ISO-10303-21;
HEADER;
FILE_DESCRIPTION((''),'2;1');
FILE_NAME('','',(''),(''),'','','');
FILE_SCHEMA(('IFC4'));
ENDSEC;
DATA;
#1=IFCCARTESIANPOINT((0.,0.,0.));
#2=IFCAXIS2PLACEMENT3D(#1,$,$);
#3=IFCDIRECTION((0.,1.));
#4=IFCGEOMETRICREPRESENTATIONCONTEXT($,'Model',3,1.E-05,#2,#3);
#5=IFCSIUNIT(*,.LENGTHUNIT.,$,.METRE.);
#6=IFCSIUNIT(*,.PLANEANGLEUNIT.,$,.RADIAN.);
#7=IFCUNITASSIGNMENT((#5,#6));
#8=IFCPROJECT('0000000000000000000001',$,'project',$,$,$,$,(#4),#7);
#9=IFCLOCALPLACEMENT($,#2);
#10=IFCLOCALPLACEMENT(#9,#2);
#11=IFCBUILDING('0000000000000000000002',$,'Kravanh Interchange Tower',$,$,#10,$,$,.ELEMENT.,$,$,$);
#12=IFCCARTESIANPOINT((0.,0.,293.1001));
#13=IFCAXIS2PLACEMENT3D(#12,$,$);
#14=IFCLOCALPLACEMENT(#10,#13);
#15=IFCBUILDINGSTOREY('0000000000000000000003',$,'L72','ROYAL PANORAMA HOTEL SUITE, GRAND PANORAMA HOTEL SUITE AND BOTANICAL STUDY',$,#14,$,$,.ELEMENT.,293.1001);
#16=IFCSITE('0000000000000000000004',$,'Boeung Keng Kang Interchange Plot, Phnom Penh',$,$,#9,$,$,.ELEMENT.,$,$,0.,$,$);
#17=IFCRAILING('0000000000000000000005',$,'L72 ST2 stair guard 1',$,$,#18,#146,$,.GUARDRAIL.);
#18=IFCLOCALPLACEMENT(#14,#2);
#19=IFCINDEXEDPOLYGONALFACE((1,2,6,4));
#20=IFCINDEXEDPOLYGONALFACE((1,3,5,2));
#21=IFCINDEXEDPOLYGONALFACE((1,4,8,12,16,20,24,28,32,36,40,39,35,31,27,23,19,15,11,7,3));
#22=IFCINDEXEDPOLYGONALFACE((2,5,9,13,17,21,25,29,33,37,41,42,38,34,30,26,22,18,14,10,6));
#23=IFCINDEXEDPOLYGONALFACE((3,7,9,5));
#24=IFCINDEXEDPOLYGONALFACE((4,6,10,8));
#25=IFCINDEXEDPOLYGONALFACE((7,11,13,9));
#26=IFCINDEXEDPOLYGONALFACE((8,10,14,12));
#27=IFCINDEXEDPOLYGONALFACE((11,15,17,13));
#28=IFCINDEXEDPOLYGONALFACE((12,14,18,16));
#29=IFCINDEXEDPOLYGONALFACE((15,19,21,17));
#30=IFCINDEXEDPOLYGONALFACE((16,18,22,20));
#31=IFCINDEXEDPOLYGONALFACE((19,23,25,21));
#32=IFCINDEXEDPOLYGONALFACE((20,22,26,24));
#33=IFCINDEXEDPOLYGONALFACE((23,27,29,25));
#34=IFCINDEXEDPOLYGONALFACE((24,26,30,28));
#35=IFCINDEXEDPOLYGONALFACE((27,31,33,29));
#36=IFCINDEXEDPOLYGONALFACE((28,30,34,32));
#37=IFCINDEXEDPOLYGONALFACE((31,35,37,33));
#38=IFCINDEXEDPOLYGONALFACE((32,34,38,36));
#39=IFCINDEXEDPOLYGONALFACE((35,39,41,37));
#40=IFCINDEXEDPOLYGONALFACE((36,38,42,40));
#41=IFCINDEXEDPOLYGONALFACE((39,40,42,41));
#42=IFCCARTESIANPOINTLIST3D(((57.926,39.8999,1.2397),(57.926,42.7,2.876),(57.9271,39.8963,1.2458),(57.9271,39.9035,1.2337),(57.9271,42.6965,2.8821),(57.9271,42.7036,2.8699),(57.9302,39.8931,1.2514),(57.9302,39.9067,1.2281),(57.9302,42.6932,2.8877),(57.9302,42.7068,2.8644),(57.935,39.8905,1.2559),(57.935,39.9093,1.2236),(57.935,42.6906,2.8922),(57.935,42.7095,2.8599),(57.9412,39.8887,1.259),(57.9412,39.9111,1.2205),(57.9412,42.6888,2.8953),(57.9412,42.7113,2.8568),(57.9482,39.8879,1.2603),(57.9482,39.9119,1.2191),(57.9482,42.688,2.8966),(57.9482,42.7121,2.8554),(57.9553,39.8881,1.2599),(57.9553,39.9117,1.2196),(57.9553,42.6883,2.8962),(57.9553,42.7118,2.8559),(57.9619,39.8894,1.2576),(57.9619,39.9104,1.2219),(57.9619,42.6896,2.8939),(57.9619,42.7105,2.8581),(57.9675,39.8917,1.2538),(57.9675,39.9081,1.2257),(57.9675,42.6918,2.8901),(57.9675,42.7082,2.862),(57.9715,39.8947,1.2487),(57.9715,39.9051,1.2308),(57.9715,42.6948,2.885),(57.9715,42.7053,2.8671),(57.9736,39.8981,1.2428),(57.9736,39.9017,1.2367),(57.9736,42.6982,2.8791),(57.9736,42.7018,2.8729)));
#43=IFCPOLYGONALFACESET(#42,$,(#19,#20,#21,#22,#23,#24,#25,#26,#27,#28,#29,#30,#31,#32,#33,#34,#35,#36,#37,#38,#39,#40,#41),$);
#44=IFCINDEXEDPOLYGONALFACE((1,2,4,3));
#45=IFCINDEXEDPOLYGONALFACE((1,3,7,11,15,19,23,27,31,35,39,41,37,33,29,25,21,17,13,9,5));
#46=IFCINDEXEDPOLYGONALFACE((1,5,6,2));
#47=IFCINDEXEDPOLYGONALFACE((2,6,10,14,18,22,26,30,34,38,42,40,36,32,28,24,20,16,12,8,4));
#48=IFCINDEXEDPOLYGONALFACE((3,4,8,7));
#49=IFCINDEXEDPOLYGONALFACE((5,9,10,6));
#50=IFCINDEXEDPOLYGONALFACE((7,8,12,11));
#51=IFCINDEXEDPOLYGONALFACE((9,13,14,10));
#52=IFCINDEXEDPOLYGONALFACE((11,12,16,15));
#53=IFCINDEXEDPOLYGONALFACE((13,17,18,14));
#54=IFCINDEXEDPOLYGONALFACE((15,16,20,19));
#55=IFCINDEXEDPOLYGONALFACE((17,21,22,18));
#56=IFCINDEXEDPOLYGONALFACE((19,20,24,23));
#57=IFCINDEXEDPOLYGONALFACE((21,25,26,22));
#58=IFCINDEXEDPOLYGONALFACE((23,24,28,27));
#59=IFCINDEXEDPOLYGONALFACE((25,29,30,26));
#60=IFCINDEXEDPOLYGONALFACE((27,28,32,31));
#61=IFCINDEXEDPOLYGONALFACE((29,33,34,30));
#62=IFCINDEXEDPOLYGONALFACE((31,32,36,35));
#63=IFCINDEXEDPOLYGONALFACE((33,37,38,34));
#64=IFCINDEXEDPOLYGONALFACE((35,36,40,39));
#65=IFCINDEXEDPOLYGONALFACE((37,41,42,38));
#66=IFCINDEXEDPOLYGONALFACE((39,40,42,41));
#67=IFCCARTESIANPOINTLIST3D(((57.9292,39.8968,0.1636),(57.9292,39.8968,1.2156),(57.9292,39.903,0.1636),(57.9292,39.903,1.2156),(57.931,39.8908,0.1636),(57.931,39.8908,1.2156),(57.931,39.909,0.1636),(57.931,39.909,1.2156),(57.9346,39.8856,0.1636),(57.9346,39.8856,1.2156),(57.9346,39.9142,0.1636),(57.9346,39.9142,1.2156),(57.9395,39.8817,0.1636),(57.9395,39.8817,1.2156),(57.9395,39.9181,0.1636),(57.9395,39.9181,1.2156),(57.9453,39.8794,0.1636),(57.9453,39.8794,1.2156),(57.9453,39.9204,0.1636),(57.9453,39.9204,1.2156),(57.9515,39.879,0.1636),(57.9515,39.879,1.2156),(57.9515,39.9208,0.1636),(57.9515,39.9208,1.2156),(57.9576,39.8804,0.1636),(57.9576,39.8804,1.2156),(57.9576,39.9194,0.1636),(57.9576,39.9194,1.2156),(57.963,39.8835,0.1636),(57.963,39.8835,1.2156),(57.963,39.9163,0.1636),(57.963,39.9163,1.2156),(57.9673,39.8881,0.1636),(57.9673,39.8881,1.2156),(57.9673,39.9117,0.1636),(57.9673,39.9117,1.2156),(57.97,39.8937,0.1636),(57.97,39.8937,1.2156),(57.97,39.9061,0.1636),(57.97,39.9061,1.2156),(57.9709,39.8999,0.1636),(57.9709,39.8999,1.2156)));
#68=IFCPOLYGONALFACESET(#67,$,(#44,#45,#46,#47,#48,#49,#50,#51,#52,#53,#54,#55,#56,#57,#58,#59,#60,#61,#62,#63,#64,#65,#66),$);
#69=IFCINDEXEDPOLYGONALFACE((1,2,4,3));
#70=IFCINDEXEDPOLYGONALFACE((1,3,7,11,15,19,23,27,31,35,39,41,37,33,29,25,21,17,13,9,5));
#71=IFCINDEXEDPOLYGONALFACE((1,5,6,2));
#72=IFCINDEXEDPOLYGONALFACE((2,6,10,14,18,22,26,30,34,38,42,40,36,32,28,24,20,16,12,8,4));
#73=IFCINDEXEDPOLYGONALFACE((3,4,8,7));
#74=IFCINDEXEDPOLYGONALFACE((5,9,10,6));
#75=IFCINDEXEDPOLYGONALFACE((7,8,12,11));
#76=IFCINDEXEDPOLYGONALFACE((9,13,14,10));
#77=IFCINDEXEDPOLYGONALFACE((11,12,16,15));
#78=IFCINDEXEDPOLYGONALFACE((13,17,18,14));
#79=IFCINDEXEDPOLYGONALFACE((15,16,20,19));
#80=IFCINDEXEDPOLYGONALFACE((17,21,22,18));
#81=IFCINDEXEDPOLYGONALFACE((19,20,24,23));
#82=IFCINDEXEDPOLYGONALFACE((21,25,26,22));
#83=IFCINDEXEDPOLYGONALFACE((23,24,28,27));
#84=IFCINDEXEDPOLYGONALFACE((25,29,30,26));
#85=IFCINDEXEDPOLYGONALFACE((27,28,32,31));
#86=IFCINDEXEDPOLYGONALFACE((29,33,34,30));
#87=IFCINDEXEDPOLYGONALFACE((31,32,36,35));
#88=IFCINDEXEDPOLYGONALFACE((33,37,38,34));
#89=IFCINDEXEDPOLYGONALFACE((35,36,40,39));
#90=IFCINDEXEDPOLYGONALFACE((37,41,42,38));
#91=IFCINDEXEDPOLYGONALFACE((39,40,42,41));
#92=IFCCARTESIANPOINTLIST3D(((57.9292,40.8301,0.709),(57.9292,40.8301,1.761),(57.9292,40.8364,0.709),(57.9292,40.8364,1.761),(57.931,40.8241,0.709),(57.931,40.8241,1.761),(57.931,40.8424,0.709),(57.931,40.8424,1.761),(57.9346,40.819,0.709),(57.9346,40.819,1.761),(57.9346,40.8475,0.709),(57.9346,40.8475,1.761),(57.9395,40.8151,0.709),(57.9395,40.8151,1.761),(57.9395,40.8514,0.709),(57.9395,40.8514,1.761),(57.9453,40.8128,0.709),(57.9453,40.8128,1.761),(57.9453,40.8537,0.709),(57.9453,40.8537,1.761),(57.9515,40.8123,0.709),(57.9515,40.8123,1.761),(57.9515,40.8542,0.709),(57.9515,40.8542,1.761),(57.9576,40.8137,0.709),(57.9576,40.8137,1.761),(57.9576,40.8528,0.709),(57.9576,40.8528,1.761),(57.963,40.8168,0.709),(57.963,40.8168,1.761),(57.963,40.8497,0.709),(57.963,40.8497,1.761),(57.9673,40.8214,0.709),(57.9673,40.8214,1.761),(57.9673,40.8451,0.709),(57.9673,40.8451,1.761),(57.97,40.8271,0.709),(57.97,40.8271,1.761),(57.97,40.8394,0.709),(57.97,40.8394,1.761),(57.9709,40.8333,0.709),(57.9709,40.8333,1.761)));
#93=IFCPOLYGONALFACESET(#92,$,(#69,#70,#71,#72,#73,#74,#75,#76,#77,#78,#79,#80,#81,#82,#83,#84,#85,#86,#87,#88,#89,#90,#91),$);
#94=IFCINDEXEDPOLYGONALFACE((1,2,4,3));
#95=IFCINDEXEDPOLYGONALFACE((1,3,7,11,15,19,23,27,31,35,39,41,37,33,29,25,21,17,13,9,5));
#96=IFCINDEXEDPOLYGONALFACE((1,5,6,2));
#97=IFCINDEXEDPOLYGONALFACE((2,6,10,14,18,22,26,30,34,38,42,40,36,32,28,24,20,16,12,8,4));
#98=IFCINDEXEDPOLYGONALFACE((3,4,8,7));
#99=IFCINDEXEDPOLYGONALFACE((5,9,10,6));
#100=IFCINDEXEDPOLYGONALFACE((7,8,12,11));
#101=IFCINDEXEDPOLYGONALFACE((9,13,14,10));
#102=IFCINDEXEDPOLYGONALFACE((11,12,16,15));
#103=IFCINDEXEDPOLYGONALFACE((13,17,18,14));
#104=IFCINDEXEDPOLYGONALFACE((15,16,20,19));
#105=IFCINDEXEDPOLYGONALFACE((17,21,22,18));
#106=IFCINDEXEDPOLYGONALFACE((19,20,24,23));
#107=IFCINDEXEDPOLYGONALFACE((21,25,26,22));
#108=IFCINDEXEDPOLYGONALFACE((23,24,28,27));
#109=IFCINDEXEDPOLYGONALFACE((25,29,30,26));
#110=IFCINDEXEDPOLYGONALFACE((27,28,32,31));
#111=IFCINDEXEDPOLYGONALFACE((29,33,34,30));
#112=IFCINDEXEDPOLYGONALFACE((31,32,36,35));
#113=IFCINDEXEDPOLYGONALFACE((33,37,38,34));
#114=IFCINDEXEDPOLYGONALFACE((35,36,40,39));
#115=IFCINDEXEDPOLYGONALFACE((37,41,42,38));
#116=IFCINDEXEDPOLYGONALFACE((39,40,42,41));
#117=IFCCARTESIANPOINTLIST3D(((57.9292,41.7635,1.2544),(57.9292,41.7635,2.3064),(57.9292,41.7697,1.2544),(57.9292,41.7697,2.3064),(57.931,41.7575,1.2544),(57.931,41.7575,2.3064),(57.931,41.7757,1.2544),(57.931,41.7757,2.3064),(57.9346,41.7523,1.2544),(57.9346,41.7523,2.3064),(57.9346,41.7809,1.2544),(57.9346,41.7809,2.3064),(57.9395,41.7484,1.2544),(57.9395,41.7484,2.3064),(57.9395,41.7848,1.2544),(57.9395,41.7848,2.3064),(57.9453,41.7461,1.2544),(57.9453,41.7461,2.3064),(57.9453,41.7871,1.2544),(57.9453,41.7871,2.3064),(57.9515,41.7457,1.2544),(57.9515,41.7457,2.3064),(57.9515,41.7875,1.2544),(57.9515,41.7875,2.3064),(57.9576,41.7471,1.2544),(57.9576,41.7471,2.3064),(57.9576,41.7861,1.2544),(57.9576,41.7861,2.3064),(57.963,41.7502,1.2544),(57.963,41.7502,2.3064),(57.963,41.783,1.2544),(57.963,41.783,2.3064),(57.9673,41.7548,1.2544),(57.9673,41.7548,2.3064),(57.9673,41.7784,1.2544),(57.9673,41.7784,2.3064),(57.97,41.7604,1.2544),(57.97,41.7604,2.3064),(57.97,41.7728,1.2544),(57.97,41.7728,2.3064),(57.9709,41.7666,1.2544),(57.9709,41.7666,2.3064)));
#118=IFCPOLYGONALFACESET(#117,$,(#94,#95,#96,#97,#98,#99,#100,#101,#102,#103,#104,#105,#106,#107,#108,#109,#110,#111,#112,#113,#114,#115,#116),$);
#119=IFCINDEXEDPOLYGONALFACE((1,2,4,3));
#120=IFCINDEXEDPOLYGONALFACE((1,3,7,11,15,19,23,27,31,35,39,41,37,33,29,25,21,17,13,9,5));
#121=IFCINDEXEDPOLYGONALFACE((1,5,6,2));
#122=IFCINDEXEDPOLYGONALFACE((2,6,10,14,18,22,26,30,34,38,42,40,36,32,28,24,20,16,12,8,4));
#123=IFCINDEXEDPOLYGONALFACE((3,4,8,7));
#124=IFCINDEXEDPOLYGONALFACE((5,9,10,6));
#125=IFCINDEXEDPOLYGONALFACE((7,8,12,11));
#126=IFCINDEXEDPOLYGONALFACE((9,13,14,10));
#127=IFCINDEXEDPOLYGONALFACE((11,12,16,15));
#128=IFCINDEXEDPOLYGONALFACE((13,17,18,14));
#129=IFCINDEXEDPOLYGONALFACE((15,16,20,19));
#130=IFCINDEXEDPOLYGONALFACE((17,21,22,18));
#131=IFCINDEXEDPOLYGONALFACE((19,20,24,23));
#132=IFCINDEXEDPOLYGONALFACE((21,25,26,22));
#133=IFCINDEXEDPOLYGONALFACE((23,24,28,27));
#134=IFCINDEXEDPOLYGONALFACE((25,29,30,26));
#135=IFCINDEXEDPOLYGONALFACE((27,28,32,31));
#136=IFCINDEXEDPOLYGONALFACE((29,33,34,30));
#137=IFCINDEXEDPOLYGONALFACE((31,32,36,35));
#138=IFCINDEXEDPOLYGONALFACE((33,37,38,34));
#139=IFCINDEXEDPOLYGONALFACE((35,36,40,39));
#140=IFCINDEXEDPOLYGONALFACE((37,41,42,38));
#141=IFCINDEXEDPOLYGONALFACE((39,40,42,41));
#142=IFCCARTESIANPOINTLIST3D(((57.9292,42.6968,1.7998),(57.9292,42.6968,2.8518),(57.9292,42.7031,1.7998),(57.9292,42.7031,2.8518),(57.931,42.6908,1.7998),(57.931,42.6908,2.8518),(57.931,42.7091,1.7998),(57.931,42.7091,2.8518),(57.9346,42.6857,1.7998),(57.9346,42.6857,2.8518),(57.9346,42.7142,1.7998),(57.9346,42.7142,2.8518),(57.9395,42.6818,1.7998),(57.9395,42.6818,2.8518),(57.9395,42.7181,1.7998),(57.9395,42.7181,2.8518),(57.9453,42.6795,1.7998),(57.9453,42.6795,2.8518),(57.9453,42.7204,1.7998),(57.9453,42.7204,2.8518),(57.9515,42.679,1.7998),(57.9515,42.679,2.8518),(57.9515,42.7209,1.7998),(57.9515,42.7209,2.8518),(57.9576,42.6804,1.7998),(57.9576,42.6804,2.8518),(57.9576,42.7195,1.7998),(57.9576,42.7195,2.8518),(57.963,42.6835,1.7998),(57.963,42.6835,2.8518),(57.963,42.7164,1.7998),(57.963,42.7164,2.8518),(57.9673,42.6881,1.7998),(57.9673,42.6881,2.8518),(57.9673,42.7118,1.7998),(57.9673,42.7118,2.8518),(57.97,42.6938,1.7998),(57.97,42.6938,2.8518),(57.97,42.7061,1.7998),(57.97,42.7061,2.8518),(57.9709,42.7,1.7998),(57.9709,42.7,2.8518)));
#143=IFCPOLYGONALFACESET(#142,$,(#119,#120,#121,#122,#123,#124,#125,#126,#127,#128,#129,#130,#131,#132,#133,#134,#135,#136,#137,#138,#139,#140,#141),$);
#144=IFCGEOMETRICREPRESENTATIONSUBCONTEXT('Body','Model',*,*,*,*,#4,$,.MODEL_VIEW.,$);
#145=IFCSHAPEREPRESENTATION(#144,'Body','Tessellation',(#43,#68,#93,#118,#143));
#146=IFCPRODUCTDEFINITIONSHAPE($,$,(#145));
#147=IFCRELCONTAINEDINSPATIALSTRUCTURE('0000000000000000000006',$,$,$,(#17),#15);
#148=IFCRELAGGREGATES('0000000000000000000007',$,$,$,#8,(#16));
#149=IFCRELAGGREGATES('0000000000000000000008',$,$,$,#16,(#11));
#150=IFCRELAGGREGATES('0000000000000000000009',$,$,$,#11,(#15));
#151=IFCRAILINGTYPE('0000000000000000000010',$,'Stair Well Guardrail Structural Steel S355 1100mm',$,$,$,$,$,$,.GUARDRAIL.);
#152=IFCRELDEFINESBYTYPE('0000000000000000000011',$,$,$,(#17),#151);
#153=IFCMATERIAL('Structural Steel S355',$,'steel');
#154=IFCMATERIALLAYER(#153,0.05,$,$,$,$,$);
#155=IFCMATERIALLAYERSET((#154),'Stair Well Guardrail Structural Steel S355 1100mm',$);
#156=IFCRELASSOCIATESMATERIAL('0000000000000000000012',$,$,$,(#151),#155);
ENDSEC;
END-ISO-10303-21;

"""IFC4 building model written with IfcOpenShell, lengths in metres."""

from ifc_helpers import new_model, si_unit, direction, frame, origin, origin_2d, place, context, subcontext, project, spatial, circle, extrude, material, layer, layer_set, type_object, element, save


model = new_model("IFC4")

# Units and contexts
model_context = context("Model", 3, precision=1e-05, world=origin(), true_north=direction((0.0, 1.0)))
body_context = subcontext(model_context, "Body", "Model", "MODEL_VIEW")
ifc_project = project(units=[si_unit("LENGTHUNIT", "METRE"), si_unit("PLANEANGLEUNIT", "RADIAN")], contexts=[model_context])

# Site, building, storey
site_placement = place(None, origin())
site = spatial("IfcSite", under=ifc_project, at=site_placement, Name="Boeung Keng Kang Interchange Plot, Phnom Penh", CompositionType="ELEMENT", RefElevation=0.0)
building_placement = place(site_placement, origin())
building = spatial("IfcBuilding", under=site, at=building_placement, Name="Kravanh Interchange Tower", CompositionType="ELEMENT")
storey_placement = place(building_placement, frame((0.0, 0.0, 293.1001)))
storey = spatial("IfcBuildingStorey", under=building, at=storey_placement, Name="L72", Description="ROYAL PANORAMA HOTEL SUITE, GRAND PANORAMA HOTEL SUITE AND BOTANICAL STUDY", CompositionType="ELEMENT", Elevation=293.1001)

# Railing
ifc_material_1 = material(Name="Structural Steel S355", Category="steel")
ifc_layer_1 = layer(ifc_material_1, 0.05)
ifc_layer_set_1 = layer_set([ifc_layer_1], Name="Stair Well Guardrail Structural Steel S355 1100mm")
railing_type_1 = type_object("IfcRailingType", Name="Stair Well Guardrail Structural Steel S355 1100mm", PredefinedType="GUARDRAIL", material=ifc_layer_set_1)
railing_1_placement = place(storey_placement, frame((57.95, 39.8999, 0.1636)))
element("IfcRailing", 1, at=railing_1_placement, inside=storey, type_object=railing_type_1, Name="L72 ST2 stair guard 1", PredefinedType="GUARDRAIL", context=body_context, shape_type="SweptSolid", body=[
    extrude(circle(Radius=0.0239, at=origin_2d()), frame((0.0, 0.0, 1.0762), z_axis=(0.0, 0.863394, 0.504531), x_axis=(-1.0, 0.0, 0.0)), (0.0, 0.0, 1.0), 3.2432),
    extrude(circle(Radius=0.021, at=origin_2d()), origin(), (0.0, 0.0, 1.0), 1.052),
    extrude(circle(Radius=0.021, at=origin_2d()), frame((0.0, 0.9333, 0.5454)), (0.0, 0.0, 1.0), 1.052),
    extrude(circle(Radius=0.021, at=origin_2d()), frame((0.0, 1.8667, 1.0908)), (0.0, 0.0, 1.0), 1.052),
    extrude(circle(Radius=0.021, at=origin_2d()), frame((0.0, 2.8, 1.6362)), (0.0, 0.0, 1.0), 1.052),
])

save(model, "model.ifc")
